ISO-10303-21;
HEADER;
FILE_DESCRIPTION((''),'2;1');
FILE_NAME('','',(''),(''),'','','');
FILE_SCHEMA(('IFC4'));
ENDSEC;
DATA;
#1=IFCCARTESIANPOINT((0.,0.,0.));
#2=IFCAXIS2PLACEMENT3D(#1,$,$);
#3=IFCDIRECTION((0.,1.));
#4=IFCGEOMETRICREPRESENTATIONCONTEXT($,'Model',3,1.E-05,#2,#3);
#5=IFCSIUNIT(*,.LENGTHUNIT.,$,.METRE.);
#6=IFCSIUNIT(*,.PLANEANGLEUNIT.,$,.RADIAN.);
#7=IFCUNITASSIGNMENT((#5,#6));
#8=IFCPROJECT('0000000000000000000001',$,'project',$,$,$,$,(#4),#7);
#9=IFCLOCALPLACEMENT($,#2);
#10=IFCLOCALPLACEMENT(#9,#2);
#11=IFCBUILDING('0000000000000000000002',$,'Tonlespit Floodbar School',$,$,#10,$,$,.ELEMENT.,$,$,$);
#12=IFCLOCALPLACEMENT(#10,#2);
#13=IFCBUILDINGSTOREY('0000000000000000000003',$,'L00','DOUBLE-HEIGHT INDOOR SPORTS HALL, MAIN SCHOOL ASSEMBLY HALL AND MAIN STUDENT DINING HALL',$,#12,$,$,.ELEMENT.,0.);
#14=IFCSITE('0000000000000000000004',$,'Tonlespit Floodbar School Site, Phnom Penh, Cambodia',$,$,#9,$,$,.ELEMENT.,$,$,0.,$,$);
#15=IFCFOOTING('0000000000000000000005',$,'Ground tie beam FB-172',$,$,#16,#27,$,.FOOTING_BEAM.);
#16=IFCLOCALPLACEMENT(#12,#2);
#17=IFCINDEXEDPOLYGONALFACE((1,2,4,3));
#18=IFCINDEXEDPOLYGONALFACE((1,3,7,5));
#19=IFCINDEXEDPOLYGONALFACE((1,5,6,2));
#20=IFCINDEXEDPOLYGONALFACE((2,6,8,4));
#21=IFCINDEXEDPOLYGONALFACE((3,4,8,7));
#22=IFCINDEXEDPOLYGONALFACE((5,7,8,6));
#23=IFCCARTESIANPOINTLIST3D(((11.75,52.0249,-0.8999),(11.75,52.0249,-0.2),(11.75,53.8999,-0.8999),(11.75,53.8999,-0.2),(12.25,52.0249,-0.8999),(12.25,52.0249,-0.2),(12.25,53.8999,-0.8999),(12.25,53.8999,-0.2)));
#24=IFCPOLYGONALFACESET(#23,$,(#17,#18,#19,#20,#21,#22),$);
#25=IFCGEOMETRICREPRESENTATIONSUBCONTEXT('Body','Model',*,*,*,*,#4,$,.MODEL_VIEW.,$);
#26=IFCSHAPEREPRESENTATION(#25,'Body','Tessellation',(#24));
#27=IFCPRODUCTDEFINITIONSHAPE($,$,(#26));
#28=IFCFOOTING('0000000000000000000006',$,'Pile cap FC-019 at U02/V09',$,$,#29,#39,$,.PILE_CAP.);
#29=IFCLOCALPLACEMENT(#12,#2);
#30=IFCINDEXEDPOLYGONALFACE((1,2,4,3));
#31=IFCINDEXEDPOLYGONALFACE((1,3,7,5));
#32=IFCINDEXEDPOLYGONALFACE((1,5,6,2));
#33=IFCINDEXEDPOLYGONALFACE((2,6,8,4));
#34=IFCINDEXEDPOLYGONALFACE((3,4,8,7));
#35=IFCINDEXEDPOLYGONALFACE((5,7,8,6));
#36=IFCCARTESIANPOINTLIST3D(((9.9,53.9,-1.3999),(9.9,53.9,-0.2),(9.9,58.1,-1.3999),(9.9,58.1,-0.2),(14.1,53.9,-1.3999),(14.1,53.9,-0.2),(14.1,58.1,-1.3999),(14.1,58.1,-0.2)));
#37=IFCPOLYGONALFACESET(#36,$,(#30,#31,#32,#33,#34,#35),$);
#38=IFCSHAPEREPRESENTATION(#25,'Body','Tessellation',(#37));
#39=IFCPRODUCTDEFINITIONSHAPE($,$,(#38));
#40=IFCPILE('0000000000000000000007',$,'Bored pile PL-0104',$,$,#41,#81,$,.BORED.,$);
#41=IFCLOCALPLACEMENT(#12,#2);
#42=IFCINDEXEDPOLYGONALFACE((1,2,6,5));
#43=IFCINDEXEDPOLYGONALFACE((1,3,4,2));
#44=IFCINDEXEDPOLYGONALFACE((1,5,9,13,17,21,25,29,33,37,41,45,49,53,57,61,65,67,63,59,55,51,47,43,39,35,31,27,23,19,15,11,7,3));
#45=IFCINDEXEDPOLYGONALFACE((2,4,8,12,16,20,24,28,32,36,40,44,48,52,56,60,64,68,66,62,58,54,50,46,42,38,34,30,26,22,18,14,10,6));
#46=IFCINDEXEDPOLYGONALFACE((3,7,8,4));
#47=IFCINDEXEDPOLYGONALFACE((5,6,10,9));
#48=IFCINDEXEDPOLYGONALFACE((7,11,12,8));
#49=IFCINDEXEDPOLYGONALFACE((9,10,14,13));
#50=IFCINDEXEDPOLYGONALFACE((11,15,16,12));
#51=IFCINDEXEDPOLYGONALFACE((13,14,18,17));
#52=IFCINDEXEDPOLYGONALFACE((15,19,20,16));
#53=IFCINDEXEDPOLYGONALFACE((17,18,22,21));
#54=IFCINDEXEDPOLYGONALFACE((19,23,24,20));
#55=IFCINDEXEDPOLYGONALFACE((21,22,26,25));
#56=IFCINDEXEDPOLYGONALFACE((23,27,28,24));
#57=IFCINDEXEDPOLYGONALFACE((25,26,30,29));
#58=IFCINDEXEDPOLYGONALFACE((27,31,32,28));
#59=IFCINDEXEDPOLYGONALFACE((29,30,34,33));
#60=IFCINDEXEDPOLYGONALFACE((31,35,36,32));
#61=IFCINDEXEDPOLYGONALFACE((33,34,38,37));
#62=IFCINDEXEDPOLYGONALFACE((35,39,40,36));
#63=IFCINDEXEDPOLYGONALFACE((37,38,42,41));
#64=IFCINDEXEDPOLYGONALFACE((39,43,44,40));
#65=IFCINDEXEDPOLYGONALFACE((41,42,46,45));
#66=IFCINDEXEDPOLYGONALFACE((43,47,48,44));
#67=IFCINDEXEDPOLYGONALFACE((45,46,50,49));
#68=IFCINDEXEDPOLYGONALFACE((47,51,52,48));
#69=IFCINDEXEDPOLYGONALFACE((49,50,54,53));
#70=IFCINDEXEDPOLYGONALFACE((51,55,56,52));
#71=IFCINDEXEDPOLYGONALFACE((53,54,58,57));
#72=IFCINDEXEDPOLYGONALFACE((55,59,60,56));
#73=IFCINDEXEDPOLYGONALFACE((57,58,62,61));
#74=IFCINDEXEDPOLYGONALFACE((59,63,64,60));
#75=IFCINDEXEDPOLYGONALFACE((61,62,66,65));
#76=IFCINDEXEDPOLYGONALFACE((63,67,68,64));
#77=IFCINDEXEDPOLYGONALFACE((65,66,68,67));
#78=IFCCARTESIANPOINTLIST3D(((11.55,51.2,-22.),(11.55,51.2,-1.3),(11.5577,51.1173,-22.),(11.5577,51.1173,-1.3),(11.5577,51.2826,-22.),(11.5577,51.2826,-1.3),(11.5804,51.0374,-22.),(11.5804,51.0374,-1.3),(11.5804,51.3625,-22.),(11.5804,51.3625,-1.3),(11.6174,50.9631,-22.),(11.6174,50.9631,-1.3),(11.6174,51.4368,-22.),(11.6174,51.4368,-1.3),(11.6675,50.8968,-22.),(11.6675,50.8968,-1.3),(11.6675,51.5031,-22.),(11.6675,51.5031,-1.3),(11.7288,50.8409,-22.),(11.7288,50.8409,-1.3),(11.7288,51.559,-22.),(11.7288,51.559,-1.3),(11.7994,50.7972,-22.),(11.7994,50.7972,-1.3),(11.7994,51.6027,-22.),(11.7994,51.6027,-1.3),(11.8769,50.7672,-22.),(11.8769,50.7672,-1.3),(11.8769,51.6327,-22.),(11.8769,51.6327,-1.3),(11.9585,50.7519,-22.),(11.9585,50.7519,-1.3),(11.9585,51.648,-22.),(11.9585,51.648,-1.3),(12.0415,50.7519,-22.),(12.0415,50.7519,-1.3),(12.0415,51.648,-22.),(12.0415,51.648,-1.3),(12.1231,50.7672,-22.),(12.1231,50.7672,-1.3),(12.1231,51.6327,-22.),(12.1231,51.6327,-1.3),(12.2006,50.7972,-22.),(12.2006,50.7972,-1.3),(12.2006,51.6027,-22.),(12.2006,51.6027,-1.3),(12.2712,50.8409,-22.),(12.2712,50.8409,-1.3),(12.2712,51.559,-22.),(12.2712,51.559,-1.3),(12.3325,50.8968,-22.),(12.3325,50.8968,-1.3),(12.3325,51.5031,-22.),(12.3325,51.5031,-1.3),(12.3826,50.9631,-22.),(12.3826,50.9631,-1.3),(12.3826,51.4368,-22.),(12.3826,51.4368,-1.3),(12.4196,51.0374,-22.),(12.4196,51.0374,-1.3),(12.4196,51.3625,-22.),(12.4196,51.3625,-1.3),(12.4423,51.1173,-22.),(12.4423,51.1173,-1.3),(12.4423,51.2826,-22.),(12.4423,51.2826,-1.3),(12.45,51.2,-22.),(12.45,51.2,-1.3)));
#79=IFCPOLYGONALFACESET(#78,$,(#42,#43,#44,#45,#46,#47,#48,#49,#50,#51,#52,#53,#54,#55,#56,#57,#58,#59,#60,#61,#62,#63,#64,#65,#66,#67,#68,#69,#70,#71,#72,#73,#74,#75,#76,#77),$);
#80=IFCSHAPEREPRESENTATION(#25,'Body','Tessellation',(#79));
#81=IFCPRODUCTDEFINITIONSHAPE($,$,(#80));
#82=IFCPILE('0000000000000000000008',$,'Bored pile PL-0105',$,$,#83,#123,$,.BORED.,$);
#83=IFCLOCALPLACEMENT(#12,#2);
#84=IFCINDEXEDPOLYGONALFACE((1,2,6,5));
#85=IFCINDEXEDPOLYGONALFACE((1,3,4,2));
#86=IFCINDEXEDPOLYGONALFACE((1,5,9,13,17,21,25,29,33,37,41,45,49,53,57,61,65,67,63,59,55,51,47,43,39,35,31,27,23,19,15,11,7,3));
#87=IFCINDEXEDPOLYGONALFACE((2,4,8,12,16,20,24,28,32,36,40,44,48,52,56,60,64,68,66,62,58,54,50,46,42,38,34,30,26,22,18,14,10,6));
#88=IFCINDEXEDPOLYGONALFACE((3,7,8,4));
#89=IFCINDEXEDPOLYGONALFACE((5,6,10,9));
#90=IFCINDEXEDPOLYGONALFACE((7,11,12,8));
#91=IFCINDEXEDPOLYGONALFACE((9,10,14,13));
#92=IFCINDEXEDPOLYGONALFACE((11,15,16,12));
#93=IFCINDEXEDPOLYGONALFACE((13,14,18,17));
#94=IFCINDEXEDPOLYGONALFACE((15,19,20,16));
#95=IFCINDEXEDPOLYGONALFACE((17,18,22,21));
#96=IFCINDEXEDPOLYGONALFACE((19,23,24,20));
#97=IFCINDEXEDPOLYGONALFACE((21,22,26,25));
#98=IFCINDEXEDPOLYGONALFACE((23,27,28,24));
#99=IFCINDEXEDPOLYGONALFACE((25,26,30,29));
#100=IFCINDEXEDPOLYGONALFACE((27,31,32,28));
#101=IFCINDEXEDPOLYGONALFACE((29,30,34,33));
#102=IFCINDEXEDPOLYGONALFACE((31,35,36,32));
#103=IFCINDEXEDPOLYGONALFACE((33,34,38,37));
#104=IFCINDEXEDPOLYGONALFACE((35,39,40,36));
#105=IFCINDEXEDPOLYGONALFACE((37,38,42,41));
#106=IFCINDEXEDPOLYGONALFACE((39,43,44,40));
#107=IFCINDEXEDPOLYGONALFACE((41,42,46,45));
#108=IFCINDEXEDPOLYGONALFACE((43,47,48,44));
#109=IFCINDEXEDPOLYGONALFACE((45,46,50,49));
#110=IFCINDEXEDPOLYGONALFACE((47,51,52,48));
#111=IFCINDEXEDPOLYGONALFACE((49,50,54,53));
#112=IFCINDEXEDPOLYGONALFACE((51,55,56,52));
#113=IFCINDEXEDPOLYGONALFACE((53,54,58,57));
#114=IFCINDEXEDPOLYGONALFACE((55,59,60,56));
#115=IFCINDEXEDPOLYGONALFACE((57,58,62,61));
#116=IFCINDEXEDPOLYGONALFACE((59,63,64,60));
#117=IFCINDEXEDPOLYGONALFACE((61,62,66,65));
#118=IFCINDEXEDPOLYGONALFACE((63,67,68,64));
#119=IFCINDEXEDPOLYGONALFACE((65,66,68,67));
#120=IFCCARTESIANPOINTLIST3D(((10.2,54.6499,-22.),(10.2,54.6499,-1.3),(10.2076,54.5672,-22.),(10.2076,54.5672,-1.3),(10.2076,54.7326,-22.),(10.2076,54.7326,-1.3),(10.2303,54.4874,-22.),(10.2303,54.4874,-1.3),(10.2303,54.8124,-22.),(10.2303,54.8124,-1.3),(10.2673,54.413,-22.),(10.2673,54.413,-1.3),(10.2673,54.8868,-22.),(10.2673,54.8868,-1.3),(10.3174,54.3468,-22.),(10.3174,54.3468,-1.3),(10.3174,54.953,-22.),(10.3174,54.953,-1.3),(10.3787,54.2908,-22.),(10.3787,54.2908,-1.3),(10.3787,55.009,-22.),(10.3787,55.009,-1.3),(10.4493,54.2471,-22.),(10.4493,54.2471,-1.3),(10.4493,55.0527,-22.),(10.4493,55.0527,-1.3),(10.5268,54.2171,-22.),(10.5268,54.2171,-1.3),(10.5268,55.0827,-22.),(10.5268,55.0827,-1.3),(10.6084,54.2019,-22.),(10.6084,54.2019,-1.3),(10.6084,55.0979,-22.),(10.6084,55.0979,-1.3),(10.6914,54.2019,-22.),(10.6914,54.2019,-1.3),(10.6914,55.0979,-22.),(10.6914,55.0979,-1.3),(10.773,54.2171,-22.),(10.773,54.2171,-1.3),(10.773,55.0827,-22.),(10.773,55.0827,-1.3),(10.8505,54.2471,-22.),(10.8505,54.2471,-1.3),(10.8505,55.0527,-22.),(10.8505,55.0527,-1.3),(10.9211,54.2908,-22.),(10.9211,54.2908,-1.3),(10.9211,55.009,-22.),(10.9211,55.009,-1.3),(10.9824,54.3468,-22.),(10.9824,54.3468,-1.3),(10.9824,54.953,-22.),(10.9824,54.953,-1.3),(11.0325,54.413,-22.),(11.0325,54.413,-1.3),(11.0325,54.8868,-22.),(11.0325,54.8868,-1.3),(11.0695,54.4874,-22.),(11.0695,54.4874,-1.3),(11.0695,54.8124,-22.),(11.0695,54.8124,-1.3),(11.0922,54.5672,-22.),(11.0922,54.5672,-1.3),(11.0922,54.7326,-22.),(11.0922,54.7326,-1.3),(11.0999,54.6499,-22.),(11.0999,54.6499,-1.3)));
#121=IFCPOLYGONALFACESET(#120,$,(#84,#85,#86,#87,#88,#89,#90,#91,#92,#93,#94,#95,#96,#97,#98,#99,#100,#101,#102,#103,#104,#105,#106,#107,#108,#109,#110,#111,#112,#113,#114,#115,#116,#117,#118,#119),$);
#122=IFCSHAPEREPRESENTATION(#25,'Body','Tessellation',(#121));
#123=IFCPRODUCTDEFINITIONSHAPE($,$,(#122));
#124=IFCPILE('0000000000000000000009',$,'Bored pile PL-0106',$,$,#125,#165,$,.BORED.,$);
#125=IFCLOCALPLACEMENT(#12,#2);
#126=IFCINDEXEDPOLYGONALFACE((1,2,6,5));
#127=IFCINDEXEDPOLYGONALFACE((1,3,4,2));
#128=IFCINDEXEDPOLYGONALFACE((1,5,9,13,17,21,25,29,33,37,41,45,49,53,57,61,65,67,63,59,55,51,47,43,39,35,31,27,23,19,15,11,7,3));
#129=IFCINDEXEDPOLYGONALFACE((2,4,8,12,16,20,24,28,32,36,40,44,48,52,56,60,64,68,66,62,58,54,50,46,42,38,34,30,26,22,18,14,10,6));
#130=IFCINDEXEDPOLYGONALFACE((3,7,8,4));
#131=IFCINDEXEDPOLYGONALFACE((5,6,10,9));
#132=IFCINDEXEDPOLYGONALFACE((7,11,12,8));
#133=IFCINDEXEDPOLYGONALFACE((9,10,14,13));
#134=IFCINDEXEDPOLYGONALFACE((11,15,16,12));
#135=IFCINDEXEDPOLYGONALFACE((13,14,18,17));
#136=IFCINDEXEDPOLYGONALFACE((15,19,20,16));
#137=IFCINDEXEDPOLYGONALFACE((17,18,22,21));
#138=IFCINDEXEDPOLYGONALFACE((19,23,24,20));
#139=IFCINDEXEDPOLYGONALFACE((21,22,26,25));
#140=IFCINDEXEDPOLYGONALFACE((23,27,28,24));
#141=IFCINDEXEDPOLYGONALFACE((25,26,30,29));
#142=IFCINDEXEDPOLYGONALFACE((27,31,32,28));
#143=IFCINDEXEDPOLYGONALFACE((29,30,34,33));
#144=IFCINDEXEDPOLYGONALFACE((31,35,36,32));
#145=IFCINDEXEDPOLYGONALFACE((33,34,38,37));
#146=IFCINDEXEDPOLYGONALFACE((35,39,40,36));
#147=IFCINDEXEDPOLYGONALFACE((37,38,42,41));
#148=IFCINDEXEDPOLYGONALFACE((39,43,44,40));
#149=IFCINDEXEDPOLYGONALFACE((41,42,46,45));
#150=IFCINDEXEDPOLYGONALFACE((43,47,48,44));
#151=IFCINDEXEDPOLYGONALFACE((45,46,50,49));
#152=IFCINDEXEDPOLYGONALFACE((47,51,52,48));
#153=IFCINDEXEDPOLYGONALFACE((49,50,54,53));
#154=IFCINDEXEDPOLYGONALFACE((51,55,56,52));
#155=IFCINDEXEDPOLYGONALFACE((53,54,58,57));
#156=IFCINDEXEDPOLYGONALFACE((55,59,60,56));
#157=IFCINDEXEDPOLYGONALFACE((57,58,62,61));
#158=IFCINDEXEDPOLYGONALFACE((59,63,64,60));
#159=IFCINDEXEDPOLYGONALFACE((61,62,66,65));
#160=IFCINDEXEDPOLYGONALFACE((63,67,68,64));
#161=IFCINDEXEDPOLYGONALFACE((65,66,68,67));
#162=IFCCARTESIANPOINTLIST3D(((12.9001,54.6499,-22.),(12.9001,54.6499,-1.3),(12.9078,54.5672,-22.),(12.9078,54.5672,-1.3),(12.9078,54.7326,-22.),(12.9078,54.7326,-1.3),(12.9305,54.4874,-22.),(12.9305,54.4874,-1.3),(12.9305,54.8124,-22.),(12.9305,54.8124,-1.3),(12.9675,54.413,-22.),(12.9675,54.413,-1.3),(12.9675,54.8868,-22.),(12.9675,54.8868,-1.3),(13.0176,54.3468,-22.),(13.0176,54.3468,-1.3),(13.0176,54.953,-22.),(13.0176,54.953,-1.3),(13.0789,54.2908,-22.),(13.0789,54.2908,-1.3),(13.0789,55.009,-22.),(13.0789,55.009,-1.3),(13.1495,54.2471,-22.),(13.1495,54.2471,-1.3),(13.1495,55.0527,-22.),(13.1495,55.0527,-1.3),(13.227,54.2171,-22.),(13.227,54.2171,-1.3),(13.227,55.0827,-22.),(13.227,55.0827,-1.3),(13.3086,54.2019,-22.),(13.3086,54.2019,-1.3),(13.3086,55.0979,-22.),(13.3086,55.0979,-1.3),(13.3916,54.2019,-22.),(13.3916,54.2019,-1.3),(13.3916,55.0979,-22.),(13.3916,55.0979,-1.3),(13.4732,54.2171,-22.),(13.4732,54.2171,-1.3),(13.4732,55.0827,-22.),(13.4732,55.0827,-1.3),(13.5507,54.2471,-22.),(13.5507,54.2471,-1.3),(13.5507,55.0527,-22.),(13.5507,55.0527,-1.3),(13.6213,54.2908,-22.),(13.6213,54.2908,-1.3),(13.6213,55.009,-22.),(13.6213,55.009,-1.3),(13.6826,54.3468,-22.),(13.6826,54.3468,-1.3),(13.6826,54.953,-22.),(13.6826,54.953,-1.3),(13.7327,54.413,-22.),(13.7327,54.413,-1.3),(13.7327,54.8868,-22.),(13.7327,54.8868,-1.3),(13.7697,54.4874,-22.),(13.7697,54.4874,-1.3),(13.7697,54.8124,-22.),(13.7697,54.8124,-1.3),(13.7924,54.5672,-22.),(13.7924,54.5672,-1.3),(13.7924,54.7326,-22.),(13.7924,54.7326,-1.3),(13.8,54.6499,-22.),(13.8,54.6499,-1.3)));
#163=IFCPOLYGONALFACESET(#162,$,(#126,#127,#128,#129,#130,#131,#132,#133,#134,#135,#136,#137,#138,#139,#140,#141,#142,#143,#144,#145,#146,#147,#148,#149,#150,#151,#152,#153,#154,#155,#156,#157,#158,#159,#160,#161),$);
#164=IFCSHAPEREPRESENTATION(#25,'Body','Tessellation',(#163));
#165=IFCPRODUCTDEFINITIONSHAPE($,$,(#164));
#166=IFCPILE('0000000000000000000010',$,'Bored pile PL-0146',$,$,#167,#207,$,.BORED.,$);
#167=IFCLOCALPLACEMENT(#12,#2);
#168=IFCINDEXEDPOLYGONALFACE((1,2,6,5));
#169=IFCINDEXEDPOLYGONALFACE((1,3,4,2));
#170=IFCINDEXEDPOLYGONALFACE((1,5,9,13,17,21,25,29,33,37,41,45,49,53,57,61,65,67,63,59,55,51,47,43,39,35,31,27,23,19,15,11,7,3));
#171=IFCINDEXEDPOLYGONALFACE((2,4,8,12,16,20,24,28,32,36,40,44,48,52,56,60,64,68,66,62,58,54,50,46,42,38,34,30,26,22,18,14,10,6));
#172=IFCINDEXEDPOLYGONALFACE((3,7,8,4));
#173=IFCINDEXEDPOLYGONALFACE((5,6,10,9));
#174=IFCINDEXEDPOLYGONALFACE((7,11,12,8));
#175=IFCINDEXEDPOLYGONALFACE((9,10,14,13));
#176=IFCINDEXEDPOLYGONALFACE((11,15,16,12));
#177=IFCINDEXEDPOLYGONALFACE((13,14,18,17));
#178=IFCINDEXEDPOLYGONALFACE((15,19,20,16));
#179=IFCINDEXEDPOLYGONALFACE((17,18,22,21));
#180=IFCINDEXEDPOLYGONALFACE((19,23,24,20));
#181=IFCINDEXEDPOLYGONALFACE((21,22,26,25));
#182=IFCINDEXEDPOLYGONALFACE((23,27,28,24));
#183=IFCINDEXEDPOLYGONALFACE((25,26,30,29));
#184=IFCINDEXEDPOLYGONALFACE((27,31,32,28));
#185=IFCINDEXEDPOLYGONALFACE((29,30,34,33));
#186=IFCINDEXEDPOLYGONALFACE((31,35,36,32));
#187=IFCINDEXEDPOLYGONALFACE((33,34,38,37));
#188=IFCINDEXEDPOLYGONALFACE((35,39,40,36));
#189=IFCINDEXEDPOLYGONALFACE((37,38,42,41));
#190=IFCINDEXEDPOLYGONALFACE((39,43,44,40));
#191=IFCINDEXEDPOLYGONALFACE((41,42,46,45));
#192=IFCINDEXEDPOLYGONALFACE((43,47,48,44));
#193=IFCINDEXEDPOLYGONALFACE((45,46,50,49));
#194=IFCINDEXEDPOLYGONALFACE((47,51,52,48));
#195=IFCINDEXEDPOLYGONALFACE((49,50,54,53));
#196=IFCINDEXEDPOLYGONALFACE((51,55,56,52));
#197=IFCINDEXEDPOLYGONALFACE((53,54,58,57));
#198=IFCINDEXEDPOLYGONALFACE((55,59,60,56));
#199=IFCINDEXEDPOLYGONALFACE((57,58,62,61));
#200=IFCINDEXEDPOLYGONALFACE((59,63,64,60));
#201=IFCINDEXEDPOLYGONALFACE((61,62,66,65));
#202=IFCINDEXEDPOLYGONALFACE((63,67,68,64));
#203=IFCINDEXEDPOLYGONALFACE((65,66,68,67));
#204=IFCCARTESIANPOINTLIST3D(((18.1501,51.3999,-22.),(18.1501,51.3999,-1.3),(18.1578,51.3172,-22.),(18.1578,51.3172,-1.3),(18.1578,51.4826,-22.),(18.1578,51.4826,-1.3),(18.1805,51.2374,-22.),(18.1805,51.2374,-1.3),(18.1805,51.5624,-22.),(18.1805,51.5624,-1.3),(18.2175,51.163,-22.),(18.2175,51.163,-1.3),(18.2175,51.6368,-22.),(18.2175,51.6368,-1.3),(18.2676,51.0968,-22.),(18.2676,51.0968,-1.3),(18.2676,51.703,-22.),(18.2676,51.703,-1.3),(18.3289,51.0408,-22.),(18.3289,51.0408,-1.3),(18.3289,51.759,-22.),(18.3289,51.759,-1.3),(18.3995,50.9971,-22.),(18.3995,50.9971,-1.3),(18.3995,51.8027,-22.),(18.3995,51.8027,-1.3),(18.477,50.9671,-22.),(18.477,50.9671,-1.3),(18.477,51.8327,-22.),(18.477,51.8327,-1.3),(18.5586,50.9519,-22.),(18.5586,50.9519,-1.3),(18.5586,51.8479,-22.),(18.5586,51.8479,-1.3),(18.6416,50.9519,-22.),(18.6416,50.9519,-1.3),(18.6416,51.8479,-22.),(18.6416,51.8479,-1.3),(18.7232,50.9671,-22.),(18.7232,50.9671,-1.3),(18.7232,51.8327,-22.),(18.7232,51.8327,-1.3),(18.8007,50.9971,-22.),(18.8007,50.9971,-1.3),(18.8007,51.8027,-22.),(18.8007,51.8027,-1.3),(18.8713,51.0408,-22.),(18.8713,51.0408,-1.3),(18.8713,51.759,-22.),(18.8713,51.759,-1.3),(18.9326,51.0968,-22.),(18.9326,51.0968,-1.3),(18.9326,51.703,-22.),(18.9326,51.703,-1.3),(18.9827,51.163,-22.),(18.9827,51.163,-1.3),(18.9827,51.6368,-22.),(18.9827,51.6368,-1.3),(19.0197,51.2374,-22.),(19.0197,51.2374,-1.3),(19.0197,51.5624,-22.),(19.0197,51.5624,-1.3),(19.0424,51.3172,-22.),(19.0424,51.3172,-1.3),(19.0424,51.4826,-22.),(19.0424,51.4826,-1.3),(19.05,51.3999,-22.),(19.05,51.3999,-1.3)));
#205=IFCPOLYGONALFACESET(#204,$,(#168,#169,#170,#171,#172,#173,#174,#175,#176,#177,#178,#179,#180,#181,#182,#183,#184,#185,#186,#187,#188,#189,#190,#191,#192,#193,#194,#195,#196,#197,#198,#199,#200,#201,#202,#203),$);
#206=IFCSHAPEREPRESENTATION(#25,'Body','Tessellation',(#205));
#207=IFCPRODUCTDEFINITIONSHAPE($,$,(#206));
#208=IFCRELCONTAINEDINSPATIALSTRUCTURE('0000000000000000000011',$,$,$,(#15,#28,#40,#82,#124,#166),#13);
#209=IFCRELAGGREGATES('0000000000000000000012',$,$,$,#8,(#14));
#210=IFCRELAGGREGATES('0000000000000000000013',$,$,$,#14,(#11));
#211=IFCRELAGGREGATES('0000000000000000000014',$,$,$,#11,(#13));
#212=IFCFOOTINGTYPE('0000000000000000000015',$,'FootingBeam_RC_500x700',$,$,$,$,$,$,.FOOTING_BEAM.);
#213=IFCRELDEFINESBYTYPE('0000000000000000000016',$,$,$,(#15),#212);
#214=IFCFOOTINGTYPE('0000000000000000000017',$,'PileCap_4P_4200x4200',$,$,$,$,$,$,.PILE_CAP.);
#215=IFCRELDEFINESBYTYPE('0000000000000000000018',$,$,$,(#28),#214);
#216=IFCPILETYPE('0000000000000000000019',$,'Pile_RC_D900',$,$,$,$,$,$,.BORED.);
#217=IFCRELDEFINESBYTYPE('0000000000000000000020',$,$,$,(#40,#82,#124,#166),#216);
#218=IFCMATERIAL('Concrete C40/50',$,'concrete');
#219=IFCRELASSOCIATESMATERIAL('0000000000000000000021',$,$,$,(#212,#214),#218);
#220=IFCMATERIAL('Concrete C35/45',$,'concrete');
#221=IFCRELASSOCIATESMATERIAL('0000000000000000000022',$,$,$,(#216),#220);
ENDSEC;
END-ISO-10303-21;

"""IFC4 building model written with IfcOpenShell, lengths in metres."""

from ifc_helpers import new_model, si_unit, direction, frame, origin, origin_2d, place, context, subcontext, project, spatial, rectangle, circle, extrude, material, material_profile, profile_set, type_object, element, save


model = new_model("IFC4")

# Units and contexts
model_context = context("Model", 3, precision=1e-05, world=origin(), true_north=direction((0.0, 1.0)))
body_context = subcontext(model_context, "Body", "Model", "MODEL_VIEW")
ifc_project = project(units=[si_unit("LENGTHUNIT", "METRE"), si_unit("PLANEANGLEUNIT", "RADIAN")], contexts=[model_context])

# Site, building, storey
site_placement = place(None, origin())
site = spatial("IfcSite", under=ifc_project, at=site_placement, Name="Tonlespit Floodbar School Site, Phnom Penh, Cambodia", CompositionType="ELEMENT", RefElevation=0.0)
building_placement = place(site_placement, origin())
building = spatial("IfcBuilding", under=site, at=building_placement, Name="Tonlespit Floodbar School", CompositionType="ELEMENT")
storey_placement = place(building_placement, origin())
storey = spatial("IfcBuildingStorey", under=building, at=storey_placement, Name="L00", Description="DOUBLE-HEIGHT INDOOR SPORTS HALL, MAIN SCHOOL ASSEMBLY HALL AND MAIN STUDENT DINING HALL", CompositionType="ELEMENT", Elevation=0.0)

# Footings
ifc_material_1 = material(Name="Concrete C40/50", Category="concrete")
footing_type_1 = type_object("IfcFootingType", Name="FootingBeam_RC_500x700", PredefinedType="FOOTING_BEAM", material=ifc_material_1)
footing_1_placement = place(storey_placement, frame((12.0, 52.9624, -0.8999), z_axis=(0.0, 0.0, 1.0), x_axis=(0.0, 1.0, 0.0)))
element("IfcFooting", 1, at=footing_1_placement, inside=storey, type_object=footing_type_1, Name="Ground tie beam FB-172", PredefinedType="FOOTING_BEAM", context=body_context, shape_type="SweptSolid", body=[
    extrude(rectangle(XDim=1.875, YDim=0.5, at=origin_2d()), origin(), (0.0, 0.0, 1.0), 0.7),
])
footing_type_2 = type_object("IfcFootingType", Name="PileCap_4P_4200x4200", PredefinedType="PILE_CAP", material=ifc_material_1)
footing_2_placement = place(storey_placement, frame((12.0, 56.0, -1.3999), z_axis=(0.0, 0.0, 1.0), x_axis=(1.0, 0.0, 0.0)))
element("IfcFooting", 2, at=footing_2_placement, inside=storey, type_object=footing_type_2, Name="Pile cap FC-019 at U02/V09", PredefinedType="PILE_CAP", context=body_context, shape_type="SweptSolid", body=[
    extrude(rectangle(XDim=4.2, YDim=4.2, at=origin_2d()), origin(), (0.0, 0.0, 1.0), 1.2),
])

# Piles
ifc_material_2 = material(Name="Concrete C35/45", Category="concrete")
ifc_material_profile_1 = material_profile(ifc_material_2, circle(Radius=0.45, at=origin_2d()), Name="BP D900")
ifc_profile_set_1 = profile_set([ifc_material_profile_1], Name="Concrete C35/45")
pile_type = type_object("IfcPileType", Name="Pile_RC_D900", PredefinedType="BORED", material=ifc_profile_set_1)
for number, where, z_axis, x_axis, name in (
    (3, (12.0, 51.2, -1.3), (0.0, 0.0, -1.0), (1.0, 0.0, 0.0), "Bored pile PL-0104"),
    (4, (10.6499, 54.6499, -1.3), (0.0, 0.0, -1.0), (1.0, 0.0, 0.0), "Bored pile PL-0105"),
    (5, (13.3501, 54.6499, -1.3), (0.0, 0.0, -1.0), (1.0, 0.0, 0.0), "Bored pile PL-0106"),
    (6, (18.6001, 51.3999, -1.3), (0.0, 0.0, -1.0), (1.0, 0.0, 0.0), "Bored pile PL-0146"),
):
    element("IfcPile", number, at=place(storey_placement, frame(where, z_axis=z_axis, x_axis=x_axis)), inside=storey, type_object=pile_type, Name=name, PredefinedType="BORED", context=body_context, shape_type="SweptSolid", body=[
        extrude(circle(Radius=0.45, at=origin_2d()), origin(), (0.0, 0.0, 1.0), 20.7),
    ])

save(model, "model.ifc")
